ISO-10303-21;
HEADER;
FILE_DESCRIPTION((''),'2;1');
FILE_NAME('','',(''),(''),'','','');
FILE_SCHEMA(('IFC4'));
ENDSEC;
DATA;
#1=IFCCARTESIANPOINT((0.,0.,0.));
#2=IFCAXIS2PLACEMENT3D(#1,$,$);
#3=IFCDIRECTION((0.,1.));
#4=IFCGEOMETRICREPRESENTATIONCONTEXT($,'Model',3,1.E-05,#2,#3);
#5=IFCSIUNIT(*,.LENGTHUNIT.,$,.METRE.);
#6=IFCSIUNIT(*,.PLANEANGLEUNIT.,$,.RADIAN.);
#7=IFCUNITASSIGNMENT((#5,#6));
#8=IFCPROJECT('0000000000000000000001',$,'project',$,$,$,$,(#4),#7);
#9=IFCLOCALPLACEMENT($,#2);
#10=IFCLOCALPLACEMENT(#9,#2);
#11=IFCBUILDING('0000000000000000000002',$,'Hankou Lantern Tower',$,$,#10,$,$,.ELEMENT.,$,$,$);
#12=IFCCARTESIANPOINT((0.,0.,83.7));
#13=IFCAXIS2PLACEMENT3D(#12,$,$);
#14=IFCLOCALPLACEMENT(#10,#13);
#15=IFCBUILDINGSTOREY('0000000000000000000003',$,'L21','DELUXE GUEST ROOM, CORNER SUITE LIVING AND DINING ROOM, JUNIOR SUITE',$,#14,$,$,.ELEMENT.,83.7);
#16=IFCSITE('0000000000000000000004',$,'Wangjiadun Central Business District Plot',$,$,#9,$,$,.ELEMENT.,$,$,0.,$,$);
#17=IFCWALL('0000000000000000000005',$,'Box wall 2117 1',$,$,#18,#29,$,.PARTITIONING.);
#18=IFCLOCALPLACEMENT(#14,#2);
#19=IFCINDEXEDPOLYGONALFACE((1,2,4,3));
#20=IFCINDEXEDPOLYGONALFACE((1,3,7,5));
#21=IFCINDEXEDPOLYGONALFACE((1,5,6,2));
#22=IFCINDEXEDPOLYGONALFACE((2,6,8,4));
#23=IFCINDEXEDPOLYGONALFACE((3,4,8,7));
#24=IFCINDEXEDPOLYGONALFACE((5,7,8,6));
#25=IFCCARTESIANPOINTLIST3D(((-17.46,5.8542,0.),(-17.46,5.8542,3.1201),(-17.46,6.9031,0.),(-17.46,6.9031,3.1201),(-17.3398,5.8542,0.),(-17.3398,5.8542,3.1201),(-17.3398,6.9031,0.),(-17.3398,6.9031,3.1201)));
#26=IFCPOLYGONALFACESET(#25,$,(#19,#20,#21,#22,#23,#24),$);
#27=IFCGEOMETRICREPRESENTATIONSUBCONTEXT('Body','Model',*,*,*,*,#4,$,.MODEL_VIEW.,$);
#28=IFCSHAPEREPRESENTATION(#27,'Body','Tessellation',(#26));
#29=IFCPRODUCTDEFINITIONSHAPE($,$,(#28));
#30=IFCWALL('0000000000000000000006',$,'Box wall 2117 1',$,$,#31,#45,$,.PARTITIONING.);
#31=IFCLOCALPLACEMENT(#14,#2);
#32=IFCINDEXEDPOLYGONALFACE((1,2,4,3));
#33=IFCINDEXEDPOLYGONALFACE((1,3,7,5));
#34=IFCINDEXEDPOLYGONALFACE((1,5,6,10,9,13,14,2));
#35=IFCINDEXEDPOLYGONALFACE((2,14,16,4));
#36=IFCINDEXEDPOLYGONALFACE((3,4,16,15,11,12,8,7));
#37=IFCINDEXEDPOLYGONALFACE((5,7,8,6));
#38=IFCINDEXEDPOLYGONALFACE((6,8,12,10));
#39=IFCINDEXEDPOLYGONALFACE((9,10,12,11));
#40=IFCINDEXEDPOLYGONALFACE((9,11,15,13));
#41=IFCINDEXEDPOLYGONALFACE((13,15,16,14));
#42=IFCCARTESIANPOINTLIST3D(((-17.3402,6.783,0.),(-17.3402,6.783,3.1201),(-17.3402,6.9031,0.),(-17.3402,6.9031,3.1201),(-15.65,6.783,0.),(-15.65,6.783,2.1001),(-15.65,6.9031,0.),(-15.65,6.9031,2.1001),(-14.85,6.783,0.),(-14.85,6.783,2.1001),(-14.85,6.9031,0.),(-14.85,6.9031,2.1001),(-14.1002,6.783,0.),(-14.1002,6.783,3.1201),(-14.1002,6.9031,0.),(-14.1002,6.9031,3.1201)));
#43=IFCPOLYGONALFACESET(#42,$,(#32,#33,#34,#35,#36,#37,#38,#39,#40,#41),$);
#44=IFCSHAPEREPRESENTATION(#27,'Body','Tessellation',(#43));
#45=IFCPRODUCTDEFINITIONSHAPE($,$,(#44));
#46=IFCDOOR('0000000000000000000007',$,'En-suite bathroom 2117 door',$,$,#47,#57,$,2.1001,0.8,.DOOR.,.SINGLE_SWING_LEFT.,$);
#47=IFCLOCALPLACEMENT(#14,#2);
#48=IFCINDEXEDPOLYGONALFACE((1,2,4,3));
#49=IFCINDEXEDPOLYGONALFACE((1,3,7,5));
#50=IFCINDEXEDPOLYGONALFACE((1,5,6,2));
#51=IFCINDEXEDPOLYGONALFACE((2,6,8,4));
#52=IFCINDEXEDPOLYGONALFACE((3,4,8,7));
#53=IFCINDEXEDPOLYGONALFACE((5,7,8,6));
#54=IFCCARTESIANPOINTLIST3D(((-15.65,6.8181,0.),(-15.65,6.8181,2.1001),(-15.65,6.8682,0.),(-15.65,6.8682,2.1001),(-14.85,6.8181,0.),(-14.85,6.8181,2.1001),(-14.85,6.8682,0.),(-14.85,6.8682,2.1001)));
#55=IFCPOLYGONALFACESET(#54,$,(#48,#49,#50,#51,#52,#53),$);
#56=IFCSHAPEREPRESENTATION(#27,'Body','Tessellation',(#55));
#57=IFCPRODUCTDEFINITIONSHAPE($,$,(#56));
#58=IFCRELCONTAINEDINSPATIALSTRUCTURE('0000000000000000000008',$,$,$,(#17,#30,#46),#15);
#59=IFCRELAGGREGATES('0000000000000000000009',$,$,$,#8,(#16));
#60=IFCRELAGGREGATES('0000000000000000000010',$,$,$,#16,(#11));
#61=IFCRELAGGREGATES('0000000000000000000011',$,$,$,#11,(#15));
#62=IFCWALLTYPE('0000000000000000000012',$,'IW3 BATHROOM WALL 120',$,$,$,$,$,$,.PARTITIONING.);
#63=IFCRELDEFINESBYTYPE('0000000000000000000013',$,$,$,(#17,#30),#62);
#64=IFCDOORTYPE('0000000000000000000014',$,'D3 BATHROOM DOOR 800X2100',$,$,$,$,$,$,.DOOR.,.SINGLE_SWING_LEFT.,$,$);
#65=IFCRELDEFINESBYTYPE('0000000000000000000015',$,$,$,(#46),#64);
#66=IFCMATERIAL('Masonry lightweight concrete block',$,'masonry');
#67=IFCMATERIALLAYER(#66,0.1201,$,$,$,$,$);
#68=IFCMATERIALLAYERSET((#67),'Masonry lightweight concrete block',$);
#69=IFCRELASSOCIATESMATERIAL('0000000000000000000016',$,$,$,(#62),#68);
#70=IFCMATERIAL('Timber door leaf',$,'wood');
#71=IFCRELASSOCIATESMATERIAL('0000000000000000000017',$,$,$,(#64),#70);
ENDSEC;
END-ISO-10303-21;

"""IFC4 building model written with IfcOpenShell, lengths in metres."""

from ifc_helpers import new_model, si_unit, direction, frame, frame_2d, origin, place, context, subcontext, project, spatial, rectangle, extrude, material, layer, layer_set, type_object, element, fill, save


model = new_model("IFC4")

# Units and contexts
model_context = context("Model", 3, precision=1e-05, world=origin(), true_north=direction((0.0, 1.0)))
body_context = subcontext(model_context, "Body", "Model", "MODEL_VIEW")
ifc_project = project(units=[si_unit("LENGTHUNIT", "METRE"), si_unit("PLANEANGLEUNIT", "RADIAN")], contexts=[model_context])

# Site, building, storey
site_placement = place(None, origin())
site = spatial("IfcSite", under=ifc_project, at=site_placement, Name="Wangjiadun Central Business District Plot", CompositionType="ELEMENT", RefElevation=0.0)
building_placement = place(site_placement, origin())
building = spatial("IfcBuilding", under=site, at=building_placement, Name="Hankou Lantern Tower", CompositionType="ELEMENT")
storey_placement = place(building_placement, frame((0.0, 0.0, 83.7)))
storey = spatial("IfcBuildingStorey", under=building, at=storey_placement, Name="L21", Description="DELUXE GUEST ROOM, CORNER SUITE LIVING AND DINING ROOM, JUNIOR SUITE", CompositionType="ELEMENT", Elevation=83.7)

# Shared definitions
ifc_material_1 = material(Name="Masonry lightweight concrete block", Category="masonry")
ifc_layer_1 = layer(ifc_material_1, 0.1201)
ifc_layer_set_1 = layer_set([ifc_layer_1], Name="Masonry lightweight concrete block")
wall_type_1 = type_object("IfcWallType", Name="IW3 BATHROOM WALL 120", PredefinedType="PARTITIONING", material=ifc_layer_set_1)

# Shared definitions
ifc_material_2 = material(Name="Timber door leaf", Category="wood")
door_type_1 = type_object("IfcDoorType", Name="D3 BATHROOM DOOR 800X2100", OperationType="SINGLE_SWING_LEFT", PredefinedType="DOOR", material=ifc_material_2)

# Wall
wall_1_placement = place(storey_placement, frame((-17.3999, 5.8542, 0.0), z_axis=(0.0, 0.0, 1.0), x_axis=(0.0, 1.0, 0.0)))
element("IfcWall", 1, at=wall_1_placement, inside=storey, type_object=wall_type_1, Name="Box wall 2117 1", PredefinedType="PARTITIONING", context=body_context, shape_type="SweptSolid", body=[
    extrude(rectangle(XDim=1.0488, YDim=0.1201, at=frame_2d((0.5244, 0.0))), origin(), (0.0, 0.0, 1.0), 3.1201),
])

# Wall, opening, door
wall_2_placement = place(storey_placement, frame((-14.1001, 6.843, 0.0), z_axis=(0.0, 0.0, 1.0), x_axis=(-1.0, 0.0, 0.0)))
wall_2 = element("IfcWall", 2, at=wall_2_placement, inside=storey, type_object=wall_type_1, Name="Box wall 2117 1", PredefinedType="PARTITIONING", context=body_context, shape_type="SweptSolid", body=[
    extrude(rectangle(XDim=3.24, YDim=0.1201, at=frame_2d((1.6201, 0.0))), origin(), (0.0, 0.0, 1.0), 3.1201),
])
opening_1_placement = place(wall_2_placement, frame((0.75, 0.0, 0.0)))
opening_1 = element("IfcOpeningElement", 3, at=opening_1_placement, cuts=wall_2, PredefinedType="OPENING", context=body_context, shape_type="SweptSolid", body=[
    extrude(rectangle(XDim=0.8, YDim=2.1001, at=frame_2d((0.3999, 1.05))), frame((0.0, 0.0701, 0.0), z_axis=(0.0, -1.0, 0.0), x_axis=(1.0, 0.0, 0.0)), (0.0, 0.0, 1.0), 0.1401),
])
door_1_placement = place(opening_1_placement, origin())
door_1 = element("IfcDoor", 4, at=door_1_placement, inside=storey, type_object=door_type_1, Name="En-suite bathroom 2117 door", OperationType="SINGLE_SWING_LEFT", OverallHeight=2.1001, OverallWidth=0.8, PredefinedType="DOOR", context=body_context, shape_type="SweptSolid", body=[
    extrude(rectangle(XDim=0.8, YDim=2.1001, at=frame_2d((0.3999, 1.05))), frame((0.0, 0.0249, 0.0), z_axis=(0.0, -1.0, 0.0), x_axis=(1.0, 0.0, 0.0)), (0.0, 0.0, 1.0), 0.05),
])
fill(opening_1, door_1)

save(model, "model.ifc")
